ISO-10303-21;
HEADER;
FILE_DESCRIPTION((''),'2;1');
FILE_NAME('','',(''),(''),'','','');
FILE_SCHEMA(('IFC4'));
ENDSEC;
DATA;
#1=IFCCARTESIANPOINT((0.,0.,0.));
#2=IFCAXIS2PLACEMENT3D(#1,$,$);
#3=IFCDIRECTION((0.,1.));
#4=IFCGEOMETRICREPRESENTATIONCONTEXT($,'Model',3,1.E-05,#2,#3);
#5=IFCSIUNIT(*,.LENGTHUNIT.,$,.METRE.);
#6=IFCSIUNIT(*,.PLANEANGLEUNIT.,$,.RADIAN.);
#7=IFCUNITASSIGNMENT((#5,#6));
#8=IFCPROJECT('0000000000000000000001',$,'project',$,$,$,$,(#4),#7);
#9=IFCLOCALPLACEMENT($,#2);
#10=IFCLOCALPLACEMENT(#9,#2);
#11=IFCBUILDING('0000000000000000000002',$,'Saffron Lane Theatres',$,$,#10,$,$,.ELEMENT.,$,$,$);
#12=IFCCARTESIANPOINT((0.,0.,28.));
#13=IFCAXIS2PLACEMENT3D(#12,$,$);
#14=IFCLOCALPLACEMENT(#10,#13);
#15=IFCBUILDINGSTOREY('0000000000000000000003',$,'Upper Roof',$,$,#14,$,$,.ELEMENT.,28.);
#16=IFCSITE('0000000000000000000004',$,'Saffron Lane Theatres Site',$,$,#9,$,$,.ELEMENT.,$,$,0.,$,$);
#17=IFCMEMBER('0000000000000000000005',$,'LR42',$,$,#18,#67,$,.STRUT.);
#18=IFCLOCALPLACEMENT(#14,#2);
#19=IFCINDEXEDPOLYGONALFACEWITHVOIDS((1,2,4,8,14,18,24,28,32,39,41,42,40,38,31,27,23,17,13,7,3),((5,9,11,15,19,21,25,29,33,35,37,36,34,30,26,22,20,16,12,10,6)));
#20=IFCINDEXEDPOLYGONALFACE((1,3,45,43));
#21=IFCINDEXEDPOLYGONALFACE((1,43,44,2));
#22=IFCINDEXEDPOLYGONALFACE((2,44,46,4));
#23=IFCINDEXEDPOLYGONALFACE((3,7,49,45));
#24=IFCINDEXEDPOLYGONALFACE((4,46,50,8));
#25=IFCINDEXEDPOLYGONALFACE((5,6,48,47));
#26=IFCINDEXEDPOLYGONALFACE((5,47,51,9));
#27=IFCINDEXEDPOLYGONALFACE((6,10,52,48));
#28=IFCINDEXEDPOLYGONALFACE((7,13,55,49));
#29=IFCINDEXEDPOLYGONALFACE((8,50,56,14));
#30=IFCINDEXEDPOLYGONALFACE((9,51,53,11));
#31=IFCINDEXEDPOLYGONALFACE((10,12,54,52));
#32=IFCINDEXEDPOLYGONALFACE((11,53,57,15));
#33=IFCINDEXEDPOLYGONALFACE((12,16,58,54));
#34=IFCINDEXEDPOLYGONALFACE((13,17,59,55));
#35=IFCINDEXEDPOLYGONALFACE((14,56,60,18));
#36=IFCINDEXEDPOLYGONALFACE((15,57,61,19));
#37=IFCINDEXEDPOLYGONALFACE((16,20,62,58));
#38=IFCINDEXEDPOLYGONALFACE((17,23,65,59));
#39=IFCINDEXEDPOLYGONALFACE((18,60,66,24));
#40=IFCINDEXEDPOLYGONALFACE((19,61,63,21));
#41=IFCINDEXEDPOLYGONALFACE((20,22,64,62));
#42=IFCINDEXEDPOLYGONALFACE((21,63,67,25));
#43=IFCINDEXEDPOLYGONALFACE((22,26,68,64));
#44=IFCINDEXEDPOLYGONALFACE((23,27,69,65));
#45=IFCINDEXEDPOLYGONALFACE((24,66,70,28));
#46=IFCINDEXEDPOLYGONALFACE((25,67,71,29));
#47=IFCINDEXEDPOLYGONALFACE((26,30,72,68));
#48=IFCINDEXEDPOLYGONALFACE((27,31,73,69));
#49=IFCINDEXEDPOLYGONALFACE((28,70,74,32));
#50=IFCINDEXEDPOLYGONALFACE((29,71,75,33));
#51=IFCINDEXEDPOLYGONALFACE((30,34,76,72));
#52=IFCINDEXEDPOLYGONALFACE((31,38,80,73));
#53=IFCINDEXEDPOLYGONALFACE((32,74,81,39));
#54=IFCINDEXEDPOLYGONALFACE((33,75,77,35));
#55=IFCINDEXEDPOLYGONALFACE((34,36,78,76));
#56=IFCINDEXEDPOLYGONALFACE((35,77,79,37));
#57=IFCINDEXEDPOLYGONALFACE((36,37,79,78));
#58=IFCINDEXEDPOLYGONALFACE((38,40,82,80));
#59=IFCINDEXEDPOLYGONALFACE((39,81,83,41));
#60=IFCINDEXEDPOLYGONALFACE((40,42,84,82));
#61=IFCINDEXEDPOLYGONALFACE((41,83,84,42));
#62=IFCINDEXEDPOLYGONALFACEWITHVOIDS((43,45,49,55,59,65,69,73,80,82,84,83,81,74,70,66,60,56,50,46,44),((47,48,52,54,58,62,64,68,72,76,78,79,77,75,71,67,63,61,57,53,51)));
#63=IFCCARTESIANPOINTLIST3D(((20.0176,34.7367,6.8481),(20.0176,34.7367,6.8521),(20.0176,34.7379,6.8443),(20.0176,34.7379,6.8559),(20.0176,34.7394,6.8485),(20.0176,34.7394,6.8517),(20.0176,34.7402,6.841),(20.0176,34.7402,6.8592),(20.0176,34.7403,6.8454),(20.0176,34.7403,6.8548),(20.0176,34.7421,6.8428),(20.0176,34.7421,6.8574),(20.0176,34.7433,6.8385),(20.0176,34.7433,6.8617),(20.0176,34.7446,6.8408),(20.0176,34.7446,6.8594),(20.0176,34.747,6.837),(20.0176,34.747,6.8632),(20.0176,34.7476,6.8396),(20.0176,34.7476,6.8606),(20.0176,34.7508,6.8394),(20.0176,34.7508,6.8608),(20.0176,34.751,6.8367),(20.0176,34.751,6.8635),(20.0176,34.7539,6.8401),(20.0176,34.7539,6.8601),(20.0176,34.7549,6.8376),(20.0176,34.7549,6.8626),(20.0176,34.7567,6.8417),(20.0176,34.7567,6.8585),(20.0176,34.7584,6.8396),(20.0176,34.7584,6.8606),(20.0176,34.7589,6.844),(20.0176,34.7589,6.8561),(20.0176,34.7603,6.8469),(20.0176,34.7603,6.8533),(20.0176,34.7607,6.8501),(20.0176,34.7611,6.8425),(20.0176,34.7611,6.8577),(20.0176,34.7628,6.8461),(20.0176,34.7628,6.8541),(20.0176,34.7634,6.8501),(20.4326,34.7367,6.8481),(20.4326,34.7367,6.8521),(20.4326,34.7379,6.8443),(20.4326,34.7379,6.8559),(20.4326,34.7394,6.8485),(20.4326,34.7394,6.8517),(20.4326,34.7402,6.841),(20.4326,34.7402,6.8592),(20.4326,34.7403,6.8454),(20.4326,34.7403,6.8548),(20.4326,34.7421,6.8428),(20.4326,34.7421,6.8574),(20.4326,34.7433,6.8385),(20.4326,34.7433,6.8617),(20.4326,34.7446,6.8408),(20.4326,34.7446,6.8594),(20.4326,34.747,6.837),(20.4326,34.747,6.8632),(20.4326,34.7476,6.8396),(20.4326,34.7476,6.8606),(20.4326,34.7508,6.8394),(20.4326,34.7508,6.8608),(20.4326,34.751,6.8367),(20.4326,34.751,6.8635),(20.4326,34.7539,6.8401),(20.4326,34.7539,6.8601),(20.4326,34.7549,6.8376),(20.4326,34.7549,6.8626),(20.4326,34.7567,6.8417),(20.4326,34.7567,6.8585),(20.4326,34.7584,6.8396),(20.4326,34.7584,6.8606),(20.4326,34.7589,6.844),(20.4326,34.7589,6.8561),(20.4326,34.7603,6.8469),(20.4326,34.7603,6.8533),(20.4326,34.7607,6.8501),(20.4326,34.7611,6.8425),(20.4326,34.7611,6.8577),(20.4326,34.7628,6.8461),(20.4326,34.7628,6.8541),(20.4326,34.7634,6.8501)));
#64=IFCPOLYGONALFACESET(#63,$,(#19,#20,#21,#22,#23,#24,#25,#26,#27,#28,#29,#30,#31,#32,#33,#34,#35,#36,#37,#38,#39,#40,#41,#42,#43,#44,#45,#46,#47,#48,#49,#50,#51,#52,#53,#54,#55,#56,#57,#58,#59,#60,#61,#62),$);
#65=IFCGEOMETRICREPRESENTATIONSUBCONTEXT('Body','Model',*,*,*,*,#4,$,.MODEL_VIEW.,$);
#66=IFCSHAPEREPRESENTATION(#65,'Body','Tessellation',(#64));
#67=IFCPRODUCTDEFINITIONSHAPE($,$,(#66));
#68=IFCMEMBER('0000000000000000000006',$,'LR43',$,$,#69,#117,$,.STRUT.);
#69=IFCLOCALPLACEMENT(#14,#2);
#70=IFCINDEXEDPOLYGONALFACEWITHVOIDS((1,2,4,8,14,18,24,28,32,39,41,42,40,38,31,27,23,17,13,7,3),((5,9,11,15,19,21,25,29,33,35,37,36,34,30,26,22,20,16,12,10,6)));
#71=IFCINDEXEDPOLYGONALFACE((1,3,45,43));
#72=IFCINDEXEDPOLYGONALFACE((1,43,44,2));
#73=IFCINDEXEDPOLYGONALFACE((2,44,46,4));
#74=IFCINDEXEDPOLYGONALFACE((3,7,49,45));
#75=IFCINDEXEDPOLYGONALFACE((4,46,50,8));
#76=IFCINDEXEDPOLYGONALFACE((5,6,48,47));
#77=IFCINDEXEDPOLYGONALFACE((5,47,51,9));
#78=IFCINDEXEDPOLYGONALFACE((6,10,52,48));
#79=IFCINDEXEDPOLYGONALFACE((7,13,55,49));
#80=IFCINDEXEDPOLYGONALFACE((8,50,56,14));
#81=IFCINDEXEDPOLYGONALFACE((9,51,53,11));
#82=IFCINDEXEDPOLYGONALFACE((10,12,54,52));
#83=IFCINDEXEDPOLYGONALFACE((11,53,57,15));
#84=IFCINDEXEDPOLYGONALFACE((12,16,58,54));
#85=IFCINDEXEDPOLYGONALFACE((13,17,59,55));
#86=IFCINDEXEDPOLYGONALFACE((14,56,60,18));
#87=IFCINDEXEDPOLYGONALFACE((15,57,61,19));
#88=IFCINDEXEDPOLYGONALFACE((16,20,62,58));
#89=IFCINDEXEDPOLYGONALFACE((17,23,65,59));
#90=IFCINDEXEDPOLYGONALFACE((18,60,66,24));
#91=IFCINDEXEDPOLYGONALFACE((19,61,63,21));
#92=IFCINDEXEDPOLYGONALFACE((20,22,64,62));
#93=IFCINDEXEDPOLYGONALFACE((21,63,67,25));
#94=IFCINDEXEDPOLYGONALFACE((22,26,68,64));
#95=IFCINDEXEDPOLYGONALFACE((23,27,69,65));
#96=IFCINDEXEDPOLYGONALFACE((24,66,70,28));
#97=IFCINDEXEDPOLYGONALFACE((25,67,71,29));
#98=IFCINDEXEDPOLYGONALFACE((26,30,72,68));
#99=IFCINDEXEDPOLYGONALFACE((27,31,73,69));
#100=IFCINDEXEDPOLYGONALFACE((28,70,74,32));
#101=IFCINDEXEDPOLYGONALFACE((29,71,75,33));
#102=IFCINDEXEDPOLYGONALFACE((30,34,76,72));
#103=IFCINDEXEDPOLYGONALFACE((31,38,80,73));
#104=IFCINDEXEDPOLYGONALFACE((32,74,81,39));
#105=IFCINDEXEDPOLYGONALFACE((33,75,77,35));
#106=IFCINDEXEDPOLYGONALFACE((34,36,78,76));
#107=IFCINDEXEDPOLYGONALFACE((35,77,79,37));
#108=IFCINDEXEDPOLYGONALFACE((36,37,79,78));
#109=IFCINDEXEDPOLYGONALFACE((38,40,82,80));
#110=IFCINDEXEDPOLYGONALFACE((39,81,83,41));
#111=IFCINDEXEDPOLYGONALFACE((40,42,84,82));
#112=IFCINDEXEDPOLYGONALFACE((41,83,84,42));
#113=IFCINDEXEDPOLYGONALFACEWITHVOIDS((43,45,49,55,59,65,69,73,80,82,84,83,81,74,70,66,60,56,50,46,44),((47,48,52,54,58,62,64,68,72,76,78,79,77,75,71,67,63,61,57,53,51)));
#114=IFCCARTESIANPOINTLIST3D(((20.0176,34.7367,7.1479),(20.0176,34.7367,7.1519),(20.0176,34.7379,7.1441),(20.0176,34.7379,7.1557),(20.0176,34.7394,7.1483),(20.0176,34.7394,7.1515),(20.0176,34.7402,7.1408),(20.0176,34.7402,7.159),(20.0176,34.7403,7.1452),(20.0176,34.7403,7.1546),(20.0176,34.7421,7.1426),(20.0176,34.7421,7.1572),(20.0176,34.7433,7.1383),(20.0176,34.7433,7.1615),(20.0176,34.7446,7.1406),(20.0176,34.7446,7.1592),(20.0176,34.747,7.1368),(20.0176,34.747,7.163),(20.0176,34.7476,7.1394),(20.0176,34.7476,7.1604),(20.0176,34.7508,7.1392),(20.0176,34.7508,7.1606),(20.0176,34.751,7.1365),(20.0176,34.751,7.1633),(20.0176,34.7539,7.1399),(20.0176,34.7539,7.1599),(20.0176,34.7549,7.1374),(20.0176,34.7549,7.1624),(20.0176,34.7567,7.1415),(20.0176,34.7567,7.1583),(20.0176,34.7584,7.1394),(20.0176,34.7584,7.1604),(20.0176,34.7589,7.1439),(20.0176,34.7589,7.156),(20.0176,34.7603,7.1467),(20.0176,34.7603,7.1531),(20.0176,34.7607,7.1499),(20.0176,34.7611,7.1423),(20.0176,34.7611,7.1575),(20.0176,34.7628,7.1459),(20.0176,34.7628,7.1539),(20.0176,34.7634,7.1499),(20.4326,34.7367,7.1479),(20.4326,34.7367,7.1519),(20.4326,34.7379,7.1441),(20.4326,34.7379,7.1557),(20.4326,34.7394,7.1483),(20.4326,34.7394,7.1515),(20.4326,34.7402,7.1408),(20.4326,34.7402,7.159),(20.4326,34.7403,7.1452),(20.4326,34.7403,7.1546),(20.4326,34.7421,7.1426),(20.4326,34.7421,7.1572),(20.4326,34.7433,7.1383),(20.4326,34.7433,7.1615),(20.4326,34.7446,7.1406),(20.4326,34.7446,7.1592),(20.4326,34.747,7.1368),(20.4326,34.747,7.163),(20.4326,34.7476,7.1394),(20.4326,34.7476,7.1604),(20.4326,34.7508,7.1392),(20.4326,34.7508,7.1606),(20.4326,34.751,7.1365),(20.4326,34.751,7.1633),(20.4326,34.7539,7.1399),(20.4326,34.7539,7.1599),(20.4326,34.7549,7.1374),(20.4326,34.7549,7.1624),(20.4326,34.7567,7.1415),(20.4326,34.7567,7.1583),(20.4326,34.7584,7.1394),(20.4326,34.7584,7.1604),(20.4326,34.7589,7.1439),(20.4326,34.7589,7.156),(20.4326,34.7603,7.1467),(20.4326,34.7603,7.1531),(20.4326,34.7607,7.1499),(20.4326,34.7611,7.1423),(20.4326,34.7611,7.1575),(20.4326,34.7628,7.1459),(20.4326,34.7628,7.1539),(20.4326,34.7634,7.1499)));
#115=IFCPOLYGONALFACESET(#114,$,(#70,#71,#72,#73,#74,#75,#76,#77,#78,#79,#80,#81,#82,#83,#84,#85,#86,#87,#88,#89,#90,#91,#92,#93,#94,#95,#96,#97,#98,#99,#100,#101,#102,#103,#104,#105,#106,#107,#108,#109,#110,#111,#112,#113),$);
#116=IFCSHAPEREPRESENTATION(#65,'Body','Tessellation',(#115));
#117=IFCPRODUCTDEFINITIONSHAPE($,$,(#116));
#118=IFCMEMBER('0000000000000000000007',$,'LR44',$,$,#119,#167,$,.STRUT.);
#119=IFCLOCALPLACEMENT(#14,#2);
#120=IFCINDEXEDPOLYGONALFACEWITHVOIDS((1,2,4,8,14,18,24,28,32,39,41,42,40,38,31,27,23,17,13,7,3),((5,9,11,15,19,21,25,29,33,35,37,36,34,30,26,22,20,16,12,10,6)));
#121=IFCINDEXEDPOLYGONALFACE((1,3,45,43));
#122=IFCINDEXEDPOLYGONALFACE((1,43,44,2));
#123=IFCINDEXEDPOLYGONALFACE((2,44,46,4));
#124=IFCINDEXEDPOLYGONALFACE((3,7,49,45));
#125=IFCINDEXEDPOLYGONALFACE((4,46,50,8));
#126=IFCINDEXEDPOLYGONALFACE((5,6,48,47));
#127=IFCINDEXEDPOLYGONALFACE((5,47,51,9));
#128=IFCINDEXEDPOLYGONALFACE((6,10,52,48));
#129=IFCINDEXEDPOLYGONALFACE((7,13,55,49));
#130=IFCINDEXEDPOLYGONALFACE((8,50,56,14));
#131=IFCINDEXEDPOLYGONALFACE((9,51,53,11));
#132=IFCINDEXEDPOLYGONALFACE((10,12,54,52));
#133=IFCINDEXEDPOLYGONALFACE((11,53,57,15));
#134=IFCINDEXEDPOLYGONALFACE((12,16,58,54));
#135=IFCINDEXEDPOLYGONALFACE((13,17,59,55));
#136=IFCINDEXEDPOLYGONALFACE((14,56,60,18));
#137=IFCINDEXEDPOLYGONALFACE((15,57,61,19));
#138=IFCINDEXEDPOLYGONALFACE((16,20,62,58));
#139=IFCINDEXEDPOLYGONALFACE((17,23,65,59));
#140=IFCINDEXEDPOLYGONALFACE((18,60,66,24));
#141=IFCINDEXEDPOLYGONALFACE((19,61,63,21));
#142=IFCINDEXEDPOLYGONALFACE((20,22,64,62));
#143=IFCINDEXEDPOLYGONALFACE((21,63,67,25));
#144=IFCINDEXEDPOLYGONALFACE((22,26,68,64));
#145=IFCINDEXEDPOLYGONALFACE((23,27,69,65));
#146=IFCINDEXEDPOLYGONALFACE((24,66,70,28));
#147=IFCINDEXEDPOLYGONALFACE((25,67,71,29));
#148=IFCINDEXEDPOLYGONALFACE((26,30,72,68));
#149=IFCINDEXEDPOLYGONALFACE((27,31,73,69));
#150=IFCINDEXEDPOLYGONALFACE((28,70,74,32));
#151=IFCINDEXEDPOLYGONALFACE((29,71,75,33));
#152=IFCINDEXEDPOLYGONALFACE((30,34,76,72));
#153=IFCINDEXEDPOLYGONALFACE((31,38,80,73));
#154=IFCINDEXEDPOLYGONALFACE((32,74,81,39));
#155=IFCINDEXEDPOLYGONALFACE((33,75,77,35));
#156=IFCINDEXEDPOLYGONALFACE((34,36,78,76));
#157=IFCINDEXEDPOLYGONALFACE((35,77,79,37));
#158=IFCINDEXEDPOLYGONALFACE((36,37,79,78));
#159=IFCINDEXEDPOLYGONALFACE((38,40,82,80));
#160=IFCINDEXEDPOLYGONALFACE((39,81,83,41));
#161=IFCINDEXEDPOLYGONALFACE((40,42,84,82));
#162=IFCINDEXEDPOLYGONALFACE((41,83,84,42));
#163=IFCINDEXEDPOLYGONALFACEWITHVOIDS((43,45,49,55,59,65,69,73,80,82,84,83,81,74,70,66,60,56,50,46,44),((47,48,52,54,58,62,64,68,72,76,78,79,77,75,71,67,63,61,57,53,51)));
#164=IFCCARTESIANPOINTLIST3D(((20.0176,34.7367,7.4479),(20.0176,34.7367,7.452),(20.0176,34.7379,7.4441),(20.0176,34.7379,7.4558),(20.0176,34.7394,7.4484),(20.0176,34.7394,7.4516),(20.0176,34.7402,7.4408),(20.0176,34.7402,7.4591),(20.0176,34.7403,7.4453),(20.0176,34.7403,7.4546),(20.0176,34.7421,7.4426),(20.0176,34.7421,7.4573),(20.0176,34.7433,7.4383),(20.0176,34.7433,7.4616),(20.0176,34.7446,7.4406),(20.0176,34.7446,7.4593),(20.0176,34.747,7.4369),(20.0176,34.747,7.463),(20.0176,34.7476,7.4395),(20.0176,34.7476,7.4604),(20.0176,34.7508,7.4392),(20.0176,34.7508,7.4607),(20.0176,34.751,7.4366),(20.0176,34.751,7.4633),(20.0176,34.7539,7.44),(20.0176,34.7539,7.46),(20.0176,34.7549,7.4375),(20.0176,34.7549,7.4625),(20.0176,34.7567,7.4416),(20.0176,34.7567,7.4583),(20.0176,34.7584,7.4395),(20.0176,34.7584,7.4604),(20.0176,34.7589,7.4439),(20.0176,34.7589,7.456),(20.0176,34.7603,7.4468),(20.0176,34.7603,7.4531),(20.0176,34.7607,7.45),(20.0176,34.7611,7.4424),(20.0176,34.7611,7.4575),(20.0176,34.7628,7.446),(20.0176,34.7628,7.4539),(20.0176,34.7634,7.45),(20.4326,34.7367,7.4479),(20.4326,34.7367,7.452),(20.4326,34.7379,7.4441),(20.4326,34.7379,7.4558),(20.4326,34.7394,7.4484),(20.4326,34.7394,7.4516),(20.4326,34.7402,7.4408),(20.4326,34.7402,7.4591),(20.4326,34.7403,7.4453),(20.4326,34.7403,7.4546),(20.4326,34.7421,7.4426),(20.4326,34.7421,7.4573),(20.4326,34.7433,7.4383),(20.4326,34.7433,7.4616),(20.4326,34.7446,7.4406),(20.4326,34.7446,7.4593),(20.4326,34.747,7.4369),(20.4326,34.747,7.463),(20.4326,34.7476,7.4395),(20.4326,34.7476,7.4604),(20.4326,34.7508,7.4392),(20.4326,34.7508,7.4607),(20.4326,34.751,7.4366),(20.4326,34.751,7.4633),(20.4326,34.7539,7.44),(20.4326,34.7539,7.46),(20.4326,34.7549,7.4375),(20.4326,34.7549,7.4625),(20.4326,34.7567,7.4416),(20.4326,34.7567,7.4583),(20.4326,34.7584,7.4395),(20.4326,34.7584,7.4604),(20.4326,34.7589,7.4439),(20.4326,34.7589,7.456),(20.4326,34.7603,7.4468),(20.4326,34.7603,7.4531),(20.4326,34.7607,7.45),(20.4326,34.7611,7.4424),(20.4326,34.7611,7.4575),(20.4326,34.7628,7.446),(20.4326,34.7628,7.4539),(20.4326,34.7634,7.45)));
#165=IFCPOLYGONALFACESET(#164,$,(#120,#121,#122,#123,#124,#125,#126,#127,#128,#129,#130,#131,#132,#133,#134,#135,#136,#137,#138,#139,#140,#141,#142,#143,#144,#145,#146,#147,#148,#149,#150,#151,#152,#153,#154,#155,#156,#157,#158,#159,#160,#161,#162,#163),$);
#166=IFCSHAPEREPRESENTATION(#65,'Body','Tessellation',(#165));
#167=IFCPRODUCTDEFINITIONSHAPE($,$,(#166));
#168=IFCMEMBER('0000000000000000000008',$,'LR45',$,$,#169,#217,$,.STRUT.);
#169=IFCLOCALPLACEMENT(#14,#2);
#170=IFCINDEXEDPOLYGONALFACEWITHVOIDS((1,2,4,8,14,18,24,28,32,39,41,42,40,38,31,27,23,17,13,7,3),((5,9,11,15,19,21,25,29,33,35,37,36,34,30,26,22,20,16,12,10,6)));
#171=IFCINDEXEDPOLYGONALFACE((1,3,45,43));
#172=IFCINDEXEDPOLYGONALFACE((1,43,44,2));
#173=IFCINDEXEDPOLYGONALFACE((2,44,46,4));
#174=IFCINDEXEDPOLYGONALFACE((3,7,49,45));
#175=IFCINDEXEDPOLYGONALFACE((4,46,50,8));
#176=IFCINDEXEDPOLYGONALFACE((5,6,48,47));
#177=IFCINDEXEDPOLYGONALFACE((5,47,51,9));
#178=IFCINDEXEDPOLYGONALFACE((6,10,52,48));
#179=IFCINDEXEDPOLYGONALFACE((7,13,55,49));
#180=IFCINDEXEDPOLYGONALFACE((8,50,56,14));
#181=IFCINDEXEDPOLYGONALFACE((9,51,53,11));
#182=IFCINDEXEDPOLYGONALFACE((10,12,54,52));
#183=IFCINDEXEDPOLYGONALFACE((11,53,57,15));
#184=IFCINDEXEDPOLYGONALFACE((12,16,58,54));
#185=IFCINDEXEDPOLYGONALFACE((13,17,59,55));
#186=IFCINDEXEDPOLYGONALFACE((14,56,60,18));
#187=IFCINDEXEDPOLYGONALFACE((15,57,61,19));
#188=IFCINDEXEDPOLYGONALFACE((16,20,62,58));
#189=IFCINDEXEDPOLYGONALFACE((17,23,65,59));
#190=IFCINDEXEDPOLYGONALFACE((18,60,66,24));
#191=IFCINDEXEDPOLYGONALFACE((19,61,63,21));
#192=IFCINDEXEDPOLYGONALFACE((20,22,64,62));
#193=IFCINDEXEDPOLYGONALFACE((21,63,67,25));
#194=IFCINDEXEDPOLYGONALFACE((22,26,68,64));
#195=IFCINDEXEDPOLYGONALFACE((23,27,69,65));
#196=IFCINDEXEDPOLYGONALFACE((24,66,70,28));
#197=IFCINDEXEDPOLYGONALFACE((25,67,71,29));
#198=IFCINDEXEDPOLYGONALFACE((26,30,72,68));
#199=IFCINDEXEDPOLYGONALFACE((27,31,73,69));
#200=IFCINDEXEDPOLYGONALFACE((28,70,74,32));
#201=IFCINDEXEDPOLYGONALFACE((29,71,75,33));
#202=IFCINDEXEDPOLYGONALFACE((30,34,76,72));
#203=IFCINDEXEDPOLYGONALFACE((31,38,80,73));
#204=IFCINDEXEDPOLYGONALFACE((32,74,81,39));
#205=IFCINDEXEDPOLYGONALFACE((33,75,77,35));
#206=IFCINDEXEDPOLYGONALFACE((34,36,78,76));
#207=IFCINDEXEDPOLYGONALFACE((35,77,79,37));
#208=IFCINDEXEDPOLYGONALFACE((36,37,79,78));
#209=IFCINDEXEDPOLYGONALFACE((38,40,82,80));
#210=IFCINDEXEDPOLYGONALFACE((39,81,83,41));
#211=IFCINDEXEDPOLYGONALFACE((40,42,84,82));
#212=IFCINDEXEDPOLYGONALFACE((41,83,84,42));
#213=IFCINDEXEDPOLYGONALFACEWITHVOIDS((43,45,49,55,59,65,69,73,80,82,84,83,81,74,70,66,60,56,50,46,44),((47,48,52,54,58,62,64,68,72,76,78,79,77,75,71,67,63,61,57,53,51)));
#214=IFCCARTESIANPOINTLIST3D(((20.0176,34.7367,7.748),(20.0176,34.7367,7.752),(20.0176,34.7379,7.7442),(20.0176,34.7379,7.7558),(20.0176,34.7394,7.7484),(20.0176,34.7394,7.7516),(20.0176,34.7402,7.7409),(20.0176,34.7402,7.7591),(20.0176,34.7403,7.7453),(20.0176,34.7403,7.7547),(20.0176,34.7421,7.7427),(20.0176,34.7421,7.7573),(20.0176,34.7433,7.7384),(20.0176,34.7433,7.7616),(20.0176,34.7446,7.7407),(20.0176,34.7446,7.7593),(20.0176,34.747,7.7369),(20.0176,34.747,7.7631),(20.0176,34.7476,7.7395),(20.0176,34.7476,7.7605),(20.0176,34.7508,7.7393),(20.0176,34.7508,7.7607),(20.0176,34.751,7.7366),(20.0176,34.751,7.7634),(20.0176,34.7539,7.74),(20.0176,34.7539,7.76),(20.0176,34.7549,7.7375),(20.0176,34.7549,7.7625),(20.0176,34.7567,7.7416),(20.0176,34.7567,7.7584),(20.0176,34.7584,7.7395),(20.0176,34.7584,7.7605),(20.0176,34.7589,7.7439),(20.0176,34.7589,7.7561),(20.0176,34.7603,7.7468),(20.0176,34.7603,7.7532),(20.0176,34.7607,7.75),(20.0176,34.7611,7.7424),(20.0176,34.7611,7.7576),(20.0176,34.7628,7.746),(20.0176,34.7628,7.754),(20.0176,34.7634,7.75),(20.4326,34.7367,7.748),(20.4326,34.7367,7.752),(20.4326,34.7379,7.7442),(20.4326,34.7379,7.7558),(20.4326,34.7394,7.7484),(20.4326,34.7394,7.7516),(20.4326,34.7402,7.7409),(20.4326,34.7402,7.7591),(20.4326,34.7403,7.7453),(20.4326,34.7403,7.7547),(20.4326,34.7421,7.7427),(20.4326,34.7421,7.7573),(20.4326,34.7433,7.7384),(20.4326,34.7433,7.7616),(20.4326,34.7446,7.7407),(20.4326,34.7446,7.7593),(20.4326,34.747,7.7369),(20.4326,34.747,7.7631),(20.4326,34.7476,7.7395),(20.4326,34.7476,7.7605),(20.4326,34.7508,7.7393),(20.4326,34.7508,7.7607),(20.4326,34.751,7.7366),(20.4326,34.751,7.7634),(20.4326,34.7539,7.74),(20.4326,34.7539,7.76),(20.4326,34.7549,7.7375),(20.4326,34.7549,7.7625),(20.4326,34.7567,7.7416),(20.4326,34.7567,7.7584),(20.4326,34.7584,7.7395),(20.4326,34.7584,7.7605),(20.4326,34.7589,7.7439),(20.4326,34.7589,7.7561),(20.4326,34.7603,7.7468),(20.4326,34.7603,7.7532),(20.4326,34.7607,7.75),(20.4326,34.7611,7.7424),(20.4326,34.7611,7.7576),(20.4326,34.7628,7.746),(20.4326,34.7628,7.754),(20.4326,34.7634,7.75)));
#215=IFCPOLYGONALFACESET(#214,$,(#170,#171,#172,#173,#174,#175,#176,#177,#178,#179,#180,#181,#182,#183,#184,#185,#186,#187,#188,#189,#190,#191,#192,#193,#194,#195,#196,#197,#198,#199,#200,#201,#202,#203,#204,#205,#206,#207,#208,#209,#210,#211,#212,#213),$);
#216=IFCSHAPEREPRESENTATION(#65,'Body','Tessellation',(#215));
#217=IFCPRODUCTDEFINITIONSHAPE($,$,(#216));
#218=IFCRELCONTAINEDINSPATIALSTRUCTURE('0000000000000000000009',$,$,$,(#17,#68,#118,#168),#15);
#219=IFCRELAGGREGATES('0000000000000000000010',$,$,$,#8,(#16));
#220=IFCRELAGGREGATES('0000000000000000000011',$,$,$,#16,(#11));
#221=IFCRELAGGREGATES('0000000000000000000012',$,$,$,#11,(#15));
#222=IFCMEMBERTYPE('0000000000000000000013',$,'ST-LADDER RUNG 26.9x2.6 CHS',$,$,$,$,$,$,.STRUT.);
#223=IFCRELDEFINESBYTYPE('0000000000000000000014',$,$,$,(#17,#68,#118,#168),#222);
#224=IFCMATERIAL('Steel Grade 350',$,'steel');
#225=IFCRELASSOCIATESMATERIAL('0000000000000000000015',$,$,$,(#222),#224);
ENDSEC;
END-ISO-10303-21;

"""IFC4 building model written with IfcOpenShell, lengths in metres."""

from ifc_helpers import new_model, si_unit, direction, frame, origin, origin_2d, place, context, subcontext, project, spatial, hollow_circle, extrude, material, material_profile, profile_set, type_object, element, save


model = new_model("IFC4")

# Units and contexts
model_context = context("Model", 3, precision=1e-05, world=origin(), true_north=direction((0.0, 1.0)))
body_context = subcontext(model_context, "Body", "Model", "MODEL_VIEW")
ifc_project = project(units=[si_unit("LENGTHUNIT", "METRE"), si_unit("PLANEANGLEUNIT", "RADIAN")], contexts=[model_context])

# Site, building, storey
site_placement = place(None, origin())
site = spatial("IfcSite", under=ifc_project, at=site_placement, Name="Saffron Lane Theatres Site", CompositionType="ELEMENT", RefElevation=0.0)
building_placement = place(site_placement, origin())
building = spatial("IfcBuilding", under=site, at=building_placement, Name="Saffron Lane Theatres", CompositionType="ELEMENT")
storey_placement = place(building_placement, frame((0.0, 0.0, 28.0)))
storey = spatial("IfcBuildingStorey", under=building, at=storey_placement, Name="Upper Roof", CompositionType="ELEMENT", Elevation=28.0)

# Members
ifc_material_1 = material(Name="Steel Grade 350", Category="steel")
ifc_material_profile_1 = material_profile(ifc_material_1, hollow_circle(Radius=0.0134, WallThickness=0.0027, at=origin_2d()))
ifc_profile_set_1 = profile_set([ifc_material_profile_1], Name="Steel Grade 350")
member_type_1 = type_object("IfcMemberType", Name="ST-LADDER RUNG 26.9x2.6 CHS", PredefinedType="STRUT", material=ifc_profile_set_1)
for number, where, z_axis, x_axis, name in (
    (1, (20.0176, 34.75, 6.8501), (1.0, 0.0, 0.0), (0.0, 1.0, 0.0), "LR42"),
    (2, (20.0176, 34.75, 7.1499), (1.0, 0.0, 0.0), (0.0, 1.0, 0.0), "LR43"),
    (3, (20.0176, 34.75, 7.45), (1.0, 0.0, 0.0), (0.0, 1.0, 0.0), "LR44"),
    (4, (20.0176, 34.75, 7.75), (1.0, 0.0, 0.0), (0.0, 1.0, 0.0), "LR45"),
):
    element("IfcMember", number, at=place(storey_placement, frame(where, z_axis=z_axis, x_axis=x_axis)), inside=storey, type_object=member_type_1, Name=name, PredefinedType="STRUT", context=body_context, shape_type="SweptSolid", body=[
        extrude(hollow_circle(Radius=0.0134, WallThickness=0.0027, at=origin_2d()), origin(), (0.0, 0.0, 1.0), 0.415),
    ])

save(model, "model.ifc")
